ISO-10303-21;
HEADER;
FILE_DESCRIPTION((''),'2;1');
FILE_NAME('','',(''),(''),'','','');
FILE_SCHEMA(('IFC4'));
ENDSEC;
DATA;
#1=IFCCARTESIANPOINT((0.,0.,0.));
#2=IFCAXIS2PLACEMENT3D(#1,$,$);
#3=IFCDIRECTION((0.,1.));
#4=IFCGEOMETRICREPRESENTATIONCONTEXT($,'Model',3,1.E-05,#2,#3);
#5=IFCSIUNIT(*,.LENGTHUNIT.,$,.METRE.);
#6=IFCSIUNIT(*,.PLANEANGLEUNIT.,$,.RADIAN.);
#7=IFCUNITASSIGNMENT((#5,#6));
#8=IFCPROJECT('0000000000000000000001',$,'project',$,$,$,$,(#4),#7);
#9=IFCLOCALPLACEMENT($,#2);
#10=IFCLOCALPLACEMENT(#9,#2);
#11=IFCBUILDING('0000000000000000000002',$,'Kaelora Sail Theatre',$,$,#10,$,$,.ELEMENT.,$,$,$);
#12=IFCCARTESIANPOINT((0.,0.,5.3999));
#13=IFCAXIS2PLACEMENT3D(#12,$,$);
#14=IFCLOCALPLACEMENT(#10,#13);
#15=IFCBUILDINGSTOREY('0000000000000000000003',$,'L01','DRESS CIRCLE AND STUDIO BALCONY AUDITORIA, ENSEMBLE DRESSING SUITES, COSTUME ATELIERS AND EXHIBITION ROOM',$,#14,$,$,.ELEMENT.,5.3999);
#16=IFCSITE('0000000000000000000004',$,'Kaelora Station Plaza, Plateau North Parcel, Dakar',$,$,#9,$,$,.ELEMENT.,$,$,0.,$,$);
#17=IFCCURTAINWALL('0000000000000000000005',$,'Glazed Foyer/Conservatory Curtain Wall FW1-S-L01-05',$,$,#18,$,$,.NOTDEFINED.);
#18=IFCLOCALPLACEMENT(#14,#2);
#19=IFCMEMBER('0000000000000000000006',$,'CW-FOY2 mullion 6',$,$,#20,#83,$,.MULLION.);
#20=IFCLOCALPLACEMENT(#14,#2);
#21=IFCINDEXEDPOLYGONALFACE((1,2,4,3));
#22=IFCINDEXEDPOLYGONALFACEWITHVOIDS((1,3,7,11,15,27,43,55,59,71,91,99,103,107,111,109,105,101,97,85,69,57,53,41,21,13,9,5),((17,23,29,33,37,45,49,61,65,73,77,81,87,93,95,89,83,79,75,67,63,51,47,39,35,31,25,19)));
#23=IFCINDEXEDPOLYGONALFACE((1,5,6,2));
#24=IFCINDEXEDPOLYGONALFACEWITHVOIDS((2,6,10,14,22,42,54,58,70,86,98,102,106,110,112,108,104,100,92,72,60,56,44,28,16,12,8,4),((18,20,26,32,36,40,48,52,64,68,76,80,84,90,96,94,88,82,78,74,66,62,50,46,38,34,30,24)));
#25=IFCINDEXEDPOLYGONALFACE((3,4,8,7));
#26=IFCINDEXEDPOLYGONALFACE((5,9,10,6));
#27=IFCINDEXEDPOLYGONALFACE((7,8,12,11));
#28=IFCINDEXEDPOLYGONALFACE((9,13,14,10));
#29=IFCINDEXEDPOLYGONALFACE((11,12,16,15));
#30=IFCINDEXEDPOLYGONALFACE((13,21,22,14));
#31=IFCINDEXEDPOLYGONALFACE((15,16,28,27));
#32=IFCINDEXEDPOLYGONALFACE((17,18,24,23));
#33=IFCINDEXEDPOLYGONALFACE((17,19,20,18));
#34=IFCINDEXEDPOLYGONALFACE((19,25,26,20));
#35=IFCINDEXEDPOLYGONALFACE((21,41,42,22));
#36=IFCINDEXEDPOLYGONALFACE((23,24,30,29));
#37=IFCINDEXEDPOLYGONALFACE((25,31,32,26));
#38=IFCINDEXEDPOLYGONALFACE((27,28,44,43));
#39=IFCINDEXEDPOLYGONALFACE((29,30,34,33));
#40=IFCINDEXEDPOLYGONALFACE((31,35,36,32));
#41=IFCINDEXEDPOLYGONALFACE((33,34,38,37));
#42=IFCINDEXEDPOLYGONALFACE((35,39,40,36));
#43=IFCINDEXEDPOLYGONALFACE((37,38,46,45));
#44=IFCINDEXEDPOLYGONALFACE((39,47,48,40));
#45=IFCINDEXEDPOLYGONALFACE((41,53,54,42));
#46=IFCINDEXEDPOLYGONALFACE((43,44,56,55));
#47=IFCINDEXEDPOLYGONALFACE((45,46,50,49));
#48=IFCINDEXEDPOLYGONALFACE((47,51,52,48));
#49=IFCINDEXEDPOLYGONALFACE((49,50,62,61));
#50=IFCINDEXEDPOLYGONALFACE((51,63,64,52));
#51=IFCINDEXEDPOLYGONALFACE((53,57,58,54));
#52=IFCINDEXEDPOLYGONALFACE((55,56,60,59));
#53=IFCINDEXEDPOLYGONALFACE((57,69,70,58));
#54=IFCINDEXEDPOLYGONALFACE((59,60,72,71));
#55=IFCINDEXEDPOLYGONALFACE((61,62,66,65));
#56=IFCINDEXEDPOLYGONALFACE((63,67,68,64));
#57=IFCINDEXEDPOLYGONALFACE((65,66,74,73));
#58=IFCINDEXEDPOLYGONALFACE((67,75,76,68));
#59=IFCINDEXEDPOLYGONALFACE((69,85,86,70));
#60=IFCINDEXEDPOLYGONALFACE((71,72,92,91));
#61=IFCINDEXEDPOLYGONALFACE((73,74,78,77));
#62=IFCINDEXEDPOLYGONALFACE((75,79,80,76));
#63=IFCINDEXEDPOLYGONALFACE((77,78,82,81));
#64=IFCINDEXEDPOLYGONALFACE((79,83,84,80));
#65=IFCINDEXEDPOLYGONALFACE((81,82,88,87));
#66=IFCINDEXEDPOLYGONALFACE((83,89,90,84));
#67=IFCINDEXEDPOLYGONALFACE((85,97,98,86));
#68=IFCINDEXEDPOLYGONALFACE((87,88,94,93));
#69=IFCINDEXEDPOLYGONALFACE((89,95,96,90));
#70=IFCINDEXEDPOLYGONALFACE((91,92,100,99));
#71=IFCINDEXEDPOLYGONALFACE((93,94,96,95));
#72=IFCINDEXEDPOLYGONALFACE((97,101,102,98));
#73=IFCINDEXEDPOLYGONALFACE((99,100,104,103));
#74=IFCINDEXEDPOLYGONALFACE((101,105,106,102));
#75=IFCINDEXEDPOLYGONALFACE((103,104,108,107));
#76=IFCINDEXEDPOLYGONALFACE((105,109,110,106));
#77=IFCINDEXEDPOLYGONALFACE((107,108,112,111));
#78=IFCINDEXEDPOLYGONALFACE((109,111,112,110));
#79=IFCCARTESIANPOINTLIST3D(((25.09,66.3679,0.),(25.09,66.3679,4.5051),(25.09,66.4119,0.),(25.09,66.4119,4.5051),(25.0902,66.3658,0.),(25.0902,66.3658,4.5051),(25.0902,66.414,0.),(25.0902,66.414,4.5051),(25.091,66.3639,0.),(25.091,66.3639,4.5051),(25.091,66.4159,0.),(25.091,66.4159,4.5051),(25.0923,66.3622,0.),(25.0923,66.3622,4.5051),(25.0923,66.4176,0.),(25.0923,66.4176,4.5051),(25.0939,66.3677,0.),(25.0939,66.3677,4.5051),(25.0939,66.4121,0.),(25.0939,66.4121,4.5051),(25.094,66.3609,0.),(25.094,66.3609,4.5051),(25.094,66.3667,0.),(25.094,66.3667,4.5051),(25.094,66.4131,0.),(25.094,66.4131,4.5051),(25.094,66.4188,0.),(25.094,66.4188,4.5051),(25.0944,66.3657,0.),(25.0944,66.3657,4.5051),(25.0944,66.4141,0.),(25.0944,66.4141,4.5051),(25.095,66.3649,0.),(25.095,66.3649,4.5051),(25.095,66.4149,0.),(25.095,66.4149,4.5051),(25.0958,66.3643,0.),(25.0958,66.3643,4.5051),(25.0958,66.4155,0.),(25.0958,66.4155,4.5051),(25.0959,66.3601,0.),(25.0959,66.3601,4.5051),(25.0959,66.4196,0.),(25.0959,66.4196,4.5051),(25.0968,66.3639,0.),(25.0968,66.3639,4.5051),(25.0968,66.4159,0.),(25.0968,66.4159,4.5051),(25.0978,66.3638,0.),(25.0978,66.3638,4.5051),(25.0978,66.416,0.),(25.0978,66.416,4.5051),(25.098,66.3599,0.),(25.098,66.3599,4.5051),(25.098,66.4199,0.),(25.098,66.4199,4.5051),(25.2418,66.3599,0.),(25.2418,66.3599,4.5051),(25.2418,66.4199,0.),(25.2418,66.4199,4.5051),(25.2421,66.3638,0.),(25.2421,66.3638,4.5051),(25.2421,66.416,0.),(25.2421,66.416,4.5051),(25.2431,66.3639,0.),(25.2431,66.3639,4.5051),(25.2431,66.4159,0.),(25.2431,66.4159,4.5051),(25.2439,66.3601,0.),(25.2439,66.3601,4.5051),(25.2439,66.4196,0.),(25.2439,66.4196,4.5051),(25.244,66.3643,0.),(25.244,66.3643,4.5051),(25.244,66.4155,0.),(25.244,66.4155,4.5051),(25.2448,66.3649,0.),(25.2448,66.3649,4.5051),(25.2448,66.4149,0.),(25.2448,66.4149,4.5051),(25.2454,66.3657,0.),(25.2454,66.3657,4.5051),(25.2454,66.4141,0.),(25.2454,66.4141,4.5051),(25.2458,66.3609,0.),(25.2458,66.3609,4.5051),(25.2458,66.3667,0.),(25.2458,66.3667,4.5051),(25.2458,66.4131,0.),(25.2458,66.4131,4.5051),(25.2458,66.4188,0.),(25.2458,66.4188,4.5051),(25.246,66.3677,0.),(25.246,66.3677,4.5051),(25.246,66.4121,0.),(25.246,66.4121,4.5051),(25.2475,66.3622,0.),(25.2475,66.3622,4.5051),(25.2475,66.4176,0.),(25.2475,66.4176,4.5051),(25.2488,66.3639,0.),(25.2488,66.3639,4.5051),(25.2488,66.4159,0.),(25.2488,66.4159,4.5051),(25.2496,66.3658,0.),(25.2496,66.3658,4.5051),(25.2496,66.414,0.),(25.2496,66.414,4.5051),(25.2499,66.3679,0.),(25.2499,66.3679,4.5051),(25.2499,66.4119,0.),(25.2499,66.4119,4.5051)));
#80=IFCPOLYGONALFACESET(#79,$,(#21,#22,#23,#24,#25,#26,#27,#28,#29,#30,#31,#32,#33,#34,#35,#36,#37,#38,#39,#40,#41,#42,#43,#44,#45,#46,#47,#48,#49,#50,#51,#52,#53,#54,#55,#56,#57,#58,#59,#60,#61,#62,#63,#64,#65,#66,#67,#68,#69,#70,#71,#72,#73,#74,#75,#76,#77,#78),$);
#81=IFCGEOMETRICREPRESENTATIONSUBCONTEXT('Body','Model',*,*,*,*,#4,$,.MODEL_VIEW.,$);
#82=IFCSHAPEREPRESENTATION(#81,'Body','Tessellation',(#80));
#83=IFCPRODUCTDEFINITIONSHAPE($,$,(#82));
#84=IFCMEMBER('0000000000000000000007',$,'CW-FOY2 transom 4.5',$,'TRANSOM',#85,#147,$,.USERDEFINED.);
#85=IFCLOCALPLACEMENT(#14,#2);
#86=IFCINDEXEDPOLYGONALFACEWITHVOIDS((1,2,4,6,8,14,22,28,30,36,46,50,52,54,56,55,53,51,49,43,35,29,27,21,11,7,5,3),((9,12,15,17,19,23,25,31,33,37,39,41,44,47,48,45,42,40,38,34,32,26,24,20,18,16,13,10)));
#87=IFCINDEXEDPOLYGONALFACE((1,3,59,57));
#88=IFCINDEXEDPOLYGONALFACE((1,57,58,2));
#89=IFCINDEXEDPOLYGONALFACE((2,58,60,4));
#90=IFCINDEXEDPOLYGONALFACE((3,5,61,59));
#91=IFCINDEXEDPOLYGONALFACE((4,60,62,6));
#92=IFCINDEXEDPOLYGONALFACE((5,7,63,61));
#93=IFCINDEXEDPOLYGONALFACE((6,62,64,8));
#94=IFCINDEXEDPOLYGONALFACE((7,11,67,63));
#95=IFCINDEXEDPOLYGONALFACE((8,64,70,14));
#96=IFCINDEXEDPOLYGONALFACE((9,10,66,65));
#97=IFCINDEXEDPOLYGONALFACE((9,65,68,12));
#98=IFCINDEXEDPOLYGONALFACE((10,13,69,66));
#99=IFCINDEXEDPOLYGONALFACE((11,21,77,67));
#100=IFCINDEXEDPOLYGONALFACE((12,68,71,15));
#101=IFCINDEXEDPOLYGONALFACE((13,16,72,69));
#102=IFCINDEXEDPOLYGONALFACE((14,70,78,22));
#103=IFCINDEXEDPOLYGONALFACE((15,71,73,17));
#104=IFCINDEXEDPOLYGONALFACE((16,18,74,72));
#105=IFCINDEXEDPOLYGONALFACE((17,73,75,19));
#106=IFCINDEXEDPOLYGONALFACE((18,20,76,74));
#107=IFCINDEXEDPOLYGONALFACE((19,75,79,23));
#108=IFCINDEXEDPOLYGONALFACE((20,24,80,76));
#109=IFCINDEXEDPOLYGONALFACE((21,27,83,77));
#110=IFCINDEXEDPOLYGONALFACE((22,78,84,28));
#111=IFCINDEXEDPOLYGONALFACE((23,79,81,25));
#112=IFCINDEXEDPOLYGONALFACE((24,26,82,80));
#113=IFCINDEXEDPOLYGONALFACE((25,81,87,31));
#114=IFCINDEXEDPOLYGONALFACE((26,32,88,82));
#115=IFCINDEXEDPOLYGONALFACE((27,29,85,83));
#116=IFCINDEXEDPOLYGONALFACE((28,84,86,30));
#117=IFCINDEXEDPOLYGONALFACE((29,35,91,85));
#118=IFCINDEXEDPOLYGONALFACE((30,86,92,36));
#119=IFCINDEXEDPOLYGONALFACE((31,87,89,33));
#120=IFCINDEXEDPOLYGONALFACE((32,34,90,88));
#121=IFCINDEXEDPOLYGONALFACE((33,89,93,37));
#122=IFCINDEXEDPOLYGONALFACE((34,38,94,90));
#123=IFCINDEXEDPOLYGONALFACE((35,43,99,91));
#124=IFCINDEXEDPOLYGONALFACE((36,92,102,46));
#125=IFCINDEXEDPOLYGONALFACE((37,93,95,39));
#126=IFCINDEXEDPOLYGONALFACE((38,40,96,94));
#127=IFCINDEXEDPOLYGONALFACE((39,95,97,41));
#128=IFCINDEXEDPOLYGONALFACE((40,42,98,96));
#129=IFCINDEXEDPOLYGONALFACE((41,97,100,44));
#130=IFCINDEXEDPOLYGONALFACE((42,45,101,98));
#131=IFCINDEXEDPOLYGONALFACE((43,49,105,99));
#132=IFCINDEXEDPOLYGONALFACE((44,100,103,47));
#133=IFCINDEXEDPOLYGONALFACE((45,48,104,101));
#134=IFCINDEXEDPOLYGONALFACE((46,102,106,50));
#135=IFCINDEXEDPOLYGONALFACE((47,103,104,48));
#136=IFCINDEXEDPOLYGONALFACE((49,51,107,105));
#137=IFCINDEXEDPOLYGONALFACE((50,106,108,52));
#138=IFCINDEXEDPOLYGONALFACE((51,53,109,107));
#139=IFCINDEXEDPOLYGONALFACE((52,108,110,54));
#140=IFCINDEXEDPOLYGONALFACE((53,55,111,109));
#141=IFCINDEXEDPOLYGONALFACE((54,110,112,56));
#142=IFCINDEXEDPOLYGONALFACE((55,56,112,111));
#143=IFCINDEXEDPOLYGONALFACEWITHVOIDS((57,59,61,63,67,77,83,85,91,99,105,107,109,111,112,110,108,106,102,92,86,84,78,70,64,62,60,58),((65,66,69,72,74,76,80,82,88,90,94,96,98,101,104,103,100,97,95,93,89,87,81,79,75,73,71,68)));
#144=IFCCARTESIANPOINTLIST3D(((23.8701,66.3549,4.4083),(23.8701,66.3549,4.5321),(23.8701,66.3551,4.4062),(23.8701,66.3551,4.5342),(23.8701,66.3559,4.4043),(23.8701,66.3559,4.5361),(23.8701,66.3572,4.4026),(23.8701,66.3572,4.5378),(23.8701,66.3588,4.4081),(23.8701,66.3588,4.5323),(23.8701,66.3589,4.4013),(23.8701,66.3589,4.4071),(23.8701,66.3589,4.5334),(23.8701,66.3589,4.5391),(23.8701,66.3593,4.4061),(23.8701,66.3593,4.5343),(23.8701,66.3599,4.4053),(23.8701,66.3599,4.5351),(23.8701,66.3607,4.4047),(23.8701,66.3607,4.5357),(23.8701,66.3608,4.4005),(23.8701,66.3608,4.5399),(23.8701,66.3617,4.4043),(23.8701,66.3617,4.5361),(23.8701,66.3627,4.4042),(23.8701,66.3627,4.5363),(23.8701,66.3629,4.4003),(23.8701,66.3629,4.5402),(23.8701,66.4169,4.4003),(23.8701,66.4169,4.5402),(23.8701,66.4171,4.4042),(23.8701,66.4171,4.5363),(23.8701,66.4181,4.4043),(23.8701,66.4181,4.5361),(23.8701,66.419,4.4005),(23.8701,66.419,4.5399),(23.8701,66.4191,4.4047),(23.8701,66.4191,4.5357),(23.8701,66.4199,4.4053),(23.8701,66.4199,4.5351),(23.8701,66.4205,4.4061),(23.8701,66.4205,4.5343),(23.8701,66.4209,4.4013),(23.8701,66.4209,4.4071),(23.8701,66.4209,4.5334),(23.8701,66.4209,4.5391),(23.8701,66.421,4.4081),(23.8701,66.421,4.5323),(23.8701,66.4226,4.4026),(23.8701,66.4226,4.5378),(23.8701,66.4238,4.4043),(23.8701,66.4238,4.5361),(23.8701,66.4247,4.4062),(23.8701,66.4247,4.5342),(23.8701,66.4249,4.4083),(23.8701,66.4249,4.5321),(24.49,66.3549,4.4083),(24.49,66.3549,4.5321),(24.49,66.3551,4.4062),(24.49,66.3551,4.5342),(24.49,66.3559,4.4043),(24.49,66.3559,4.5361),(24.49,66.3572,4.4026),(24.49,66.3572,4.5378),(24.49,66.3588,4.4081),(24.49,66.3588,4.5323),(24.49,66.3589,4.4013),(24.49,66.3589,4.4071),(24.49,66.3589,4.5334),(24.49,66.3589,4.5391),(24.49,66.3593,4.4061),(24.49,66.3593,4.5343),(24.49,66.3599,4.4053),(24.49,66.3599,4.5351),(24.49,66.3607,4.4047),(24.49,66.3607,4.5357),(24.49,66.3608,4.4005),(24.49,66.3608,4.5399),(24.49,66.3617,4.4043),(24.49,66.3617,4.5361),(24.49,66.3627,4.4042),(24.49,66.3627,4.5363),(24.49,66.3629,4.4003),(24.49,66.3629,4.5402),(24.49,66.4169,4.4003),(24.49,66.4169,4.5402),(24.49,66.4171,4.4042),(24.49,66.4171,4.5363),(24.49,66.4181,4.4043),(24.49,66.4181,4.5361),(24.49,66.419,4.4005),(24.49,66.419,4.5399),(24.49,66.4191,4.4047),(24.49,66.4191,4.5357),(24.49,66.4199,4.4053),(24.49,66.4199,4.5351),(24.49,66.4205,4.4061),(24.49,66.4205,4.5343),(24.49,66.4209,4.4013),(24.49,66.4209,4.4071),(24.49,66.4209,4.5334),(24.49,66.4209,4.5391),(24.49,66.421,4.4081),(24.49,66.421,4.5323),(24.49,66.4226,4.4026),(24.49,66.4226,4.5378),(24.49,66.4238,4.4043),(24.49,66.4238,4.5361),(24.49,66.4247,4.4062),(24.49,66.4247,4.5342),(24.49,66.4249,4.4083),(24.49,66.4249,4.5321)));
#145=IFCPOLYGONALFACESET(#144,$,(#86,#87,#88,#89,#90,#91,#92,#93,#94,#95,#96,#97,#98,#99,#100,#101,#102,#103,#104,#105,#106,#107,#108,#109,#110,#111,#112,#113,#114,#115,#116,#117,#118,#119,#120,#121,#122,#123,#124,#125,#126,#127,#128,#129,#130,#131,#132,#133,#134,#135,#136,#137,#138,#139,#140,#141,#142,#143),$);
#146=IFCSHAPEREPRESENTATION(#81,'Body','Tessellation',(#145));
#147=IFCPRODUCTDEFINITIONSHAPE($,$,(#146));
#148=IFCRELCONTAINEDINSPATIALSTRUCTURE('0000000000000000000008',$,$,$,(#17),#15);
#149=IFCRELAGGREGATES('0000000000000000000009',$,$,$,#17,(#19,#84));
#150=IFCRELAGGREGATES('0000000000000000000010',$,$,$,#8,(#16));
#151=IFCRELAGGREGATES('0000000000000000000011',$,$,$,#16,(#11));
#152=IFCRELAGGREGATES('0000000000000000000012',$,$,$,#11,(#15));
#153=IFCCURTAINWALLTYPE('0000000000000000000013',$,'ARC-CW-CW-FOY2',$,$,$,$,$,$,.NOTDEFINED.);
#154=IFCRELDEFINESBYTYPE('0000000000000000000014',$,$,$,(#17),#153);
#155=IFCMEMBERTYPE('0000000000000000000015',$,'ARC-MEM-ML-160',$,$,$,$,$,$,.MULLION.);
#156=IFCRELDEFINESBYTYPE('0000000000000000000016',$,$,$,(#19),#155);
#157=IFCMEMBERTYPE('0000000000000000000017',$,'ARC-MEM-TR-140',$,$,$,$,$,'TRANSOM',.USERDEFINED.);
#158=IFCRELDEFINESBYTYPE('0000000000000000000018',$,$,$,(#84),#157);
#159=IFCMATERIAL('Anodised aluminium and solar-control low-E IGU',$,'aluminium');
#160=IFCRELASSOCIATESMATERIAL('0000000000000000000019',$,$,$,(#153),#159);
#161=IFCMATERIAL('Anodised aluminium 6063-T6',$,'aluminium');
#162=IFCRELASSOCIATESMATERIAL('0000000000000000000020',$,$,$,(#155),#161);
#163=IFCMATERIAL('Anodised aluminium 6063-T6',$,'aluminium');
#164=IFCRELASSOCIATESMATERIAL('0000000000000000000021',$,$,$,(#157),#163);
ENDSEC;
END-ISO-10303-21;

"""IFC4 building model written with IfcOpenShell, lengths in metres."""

from ifc_helpers import new_model, si_unit, direction, frame, origin, origin_2d, place, context, subcontext, project, spatial, hollow_rectangle, extrude, material, material_profile, profile_set, type_object, element, aggregate, save


model = new_model("IFC4")

# Units and contexts
model_context = context("Model", 3, precision=1e-05, world=origin(), true_north=direction((0.0, 1.0)))
body_context = subcontext(model_context, "Body", "Model", "MODEL_VIEW")
ifc_project = project(units=[si_unit("LENGTHUNIT", "METRE"), si_unit("PLANEANGLEUNIT", "RADIAN")], contexts=[model_context])

# Site, building, storey
site_placement = place(None, origin())
site = spatial("IfcSite", under=ifc_project, at=site_placement, Name="Kaelora Station Plaza, Plateau North Parcel, Dakar", CompositionType="ELEMENT", RefElevation=0.0)
building_placement = place(site_placement, origin())
building = spatial("IfcBuilding", under=site, at=building_placement, Name="Kaelora Sail Theatre", CompositionType="ELEMENT")
storey_placement = place(building_placement, frame((0.0, 0.0, 5.3999)))
storey = spatial("IfcBuildingStorey", under=building, at=storey_placement, Name="L01", Description="DRESS CIRCLE AND STUDIO BALCONY AUDITORIA, ENSEMBLE DRESSING SUITES, COSTUME ATELIERS AND EXHIBITION ROOM", CompositionType="ELEMENT", Elevation=5.3999)

# Curtain wall, members
ifc_material_1 = material(Name="Anodised aluminium and solar-control low-E IGU", Category="aluminium")
curtain_wall_type = type_object("IfcCurtainWallType", Name="ARC-CW-CW-FOY2", PredefinedType="NOTDEFINED", material=ifc_material_1)
curtain_wall_placement = place(storey_placement, origin())
curtain_wall = element("IfcCurtainWall", 1, at=curtain_wall_placement, inside=storey, type_object=curtain_wall_type, Name="Glazed Foyer/Conservatory Curtain Wall FW1-S-L01-05", PredefinedType="NOTDEFINED")
ifc_material_2 = material(Name="Anodised aluminium 6063-T6", Category="aluminium")
ifc_material_profile_1 = material_profile(ifc_material_2, hollow_rectangle(XDim=0.0601, YDim=0.1599, WallThickness=0.0039, InnerFilletRadius=0.0039, OuterFilletRadius=0.0081, at=origin_2d()), Name="ALU-MULL 60x160x4")
ifc_profile_set_1 = profile_set([ifc_material_profile_1], Name="Anodised aluminium 6063-T6")
member_type_1 = type_object("IfcMemberType", Name="ARC-MEM-ML-160", PredefinedType="MULLION", material=ifc_profile_set_1)
member_1_placement = place(storey_placement, frame((25.1699, 66.3899, 0.0), z_axis=(0.0, 0.0, 1.0), x_axis=(0.0, 1.0, 0.0)))
member_1 = element("IfcMember", 2, at=member_1_placement, type_object=member_type_1, Name="CW-FOY2 mullion 6", PredefinedType="MULLION", context=body_context, shape_type="SweptSolid", body=[
    extrude(hollow_rectangle(XDim=0.0601, YDim=0.1599, WallThickness=0.0039, InnerFilletRadius=0.0039, OuterFilletRadius=0.0081, at=origin_2d()), origin(), (0.0, 0.0, 1.0), 4.5051),
])
ifc_material_3 = material(Name="Anodised aluminium 6063-T6", Category="aluminium")
ifc_material_profile_2 = material_profile(ifc_material_3, hollow_rectangle(XDim=0.0701, YDim=0.1399, WallThickness=0.0039, InnerFilletRadius=0.0039, OuterFilletRadius=0.0081, at=origin_2d()), Name="ALU-TRAN 70x140x4")
ifc_profile_set_2 = profile_set([ifc_material_profile_2], Name="Anodised aluminium 6063-T6")
member_type_2 = type_object("IfcMemberType", Name="ARC-MEM-TR-140", ElementType="TRANSOM", PredefinedType="USERDEFINED", material=ifc_profile_set_2)
member_2_placement = place(storey_placement, frame((23.8701, 66.3899, 4.4702), z_axis=(1.0, 0.0, 0.0), x_axis=(0.0, 1.0, 0.0)))
member_2 = element("IfcMember", 3, at=member_2_placement, type_object=member_type_2, Name="CW-FOY2 transom 4.5", ObjectType="TRANSOM", PredefinedType="USERDEFINED", context=body_context, shape_type="SweptSolid", body=[
    extrude(hollow_rectangle(XDim=0.0701, YDim=0.1399, WallThickness=0.0039, InnerFilletRadius=0.0039, OuterFilletRadius=0.0081, at=origin_2d()), origin(), (0.0, 0.0, 1.0), 0.6199),
])

aggregate(curtain_wall, [member_1, member_2])

save(model, "model.ifc")
